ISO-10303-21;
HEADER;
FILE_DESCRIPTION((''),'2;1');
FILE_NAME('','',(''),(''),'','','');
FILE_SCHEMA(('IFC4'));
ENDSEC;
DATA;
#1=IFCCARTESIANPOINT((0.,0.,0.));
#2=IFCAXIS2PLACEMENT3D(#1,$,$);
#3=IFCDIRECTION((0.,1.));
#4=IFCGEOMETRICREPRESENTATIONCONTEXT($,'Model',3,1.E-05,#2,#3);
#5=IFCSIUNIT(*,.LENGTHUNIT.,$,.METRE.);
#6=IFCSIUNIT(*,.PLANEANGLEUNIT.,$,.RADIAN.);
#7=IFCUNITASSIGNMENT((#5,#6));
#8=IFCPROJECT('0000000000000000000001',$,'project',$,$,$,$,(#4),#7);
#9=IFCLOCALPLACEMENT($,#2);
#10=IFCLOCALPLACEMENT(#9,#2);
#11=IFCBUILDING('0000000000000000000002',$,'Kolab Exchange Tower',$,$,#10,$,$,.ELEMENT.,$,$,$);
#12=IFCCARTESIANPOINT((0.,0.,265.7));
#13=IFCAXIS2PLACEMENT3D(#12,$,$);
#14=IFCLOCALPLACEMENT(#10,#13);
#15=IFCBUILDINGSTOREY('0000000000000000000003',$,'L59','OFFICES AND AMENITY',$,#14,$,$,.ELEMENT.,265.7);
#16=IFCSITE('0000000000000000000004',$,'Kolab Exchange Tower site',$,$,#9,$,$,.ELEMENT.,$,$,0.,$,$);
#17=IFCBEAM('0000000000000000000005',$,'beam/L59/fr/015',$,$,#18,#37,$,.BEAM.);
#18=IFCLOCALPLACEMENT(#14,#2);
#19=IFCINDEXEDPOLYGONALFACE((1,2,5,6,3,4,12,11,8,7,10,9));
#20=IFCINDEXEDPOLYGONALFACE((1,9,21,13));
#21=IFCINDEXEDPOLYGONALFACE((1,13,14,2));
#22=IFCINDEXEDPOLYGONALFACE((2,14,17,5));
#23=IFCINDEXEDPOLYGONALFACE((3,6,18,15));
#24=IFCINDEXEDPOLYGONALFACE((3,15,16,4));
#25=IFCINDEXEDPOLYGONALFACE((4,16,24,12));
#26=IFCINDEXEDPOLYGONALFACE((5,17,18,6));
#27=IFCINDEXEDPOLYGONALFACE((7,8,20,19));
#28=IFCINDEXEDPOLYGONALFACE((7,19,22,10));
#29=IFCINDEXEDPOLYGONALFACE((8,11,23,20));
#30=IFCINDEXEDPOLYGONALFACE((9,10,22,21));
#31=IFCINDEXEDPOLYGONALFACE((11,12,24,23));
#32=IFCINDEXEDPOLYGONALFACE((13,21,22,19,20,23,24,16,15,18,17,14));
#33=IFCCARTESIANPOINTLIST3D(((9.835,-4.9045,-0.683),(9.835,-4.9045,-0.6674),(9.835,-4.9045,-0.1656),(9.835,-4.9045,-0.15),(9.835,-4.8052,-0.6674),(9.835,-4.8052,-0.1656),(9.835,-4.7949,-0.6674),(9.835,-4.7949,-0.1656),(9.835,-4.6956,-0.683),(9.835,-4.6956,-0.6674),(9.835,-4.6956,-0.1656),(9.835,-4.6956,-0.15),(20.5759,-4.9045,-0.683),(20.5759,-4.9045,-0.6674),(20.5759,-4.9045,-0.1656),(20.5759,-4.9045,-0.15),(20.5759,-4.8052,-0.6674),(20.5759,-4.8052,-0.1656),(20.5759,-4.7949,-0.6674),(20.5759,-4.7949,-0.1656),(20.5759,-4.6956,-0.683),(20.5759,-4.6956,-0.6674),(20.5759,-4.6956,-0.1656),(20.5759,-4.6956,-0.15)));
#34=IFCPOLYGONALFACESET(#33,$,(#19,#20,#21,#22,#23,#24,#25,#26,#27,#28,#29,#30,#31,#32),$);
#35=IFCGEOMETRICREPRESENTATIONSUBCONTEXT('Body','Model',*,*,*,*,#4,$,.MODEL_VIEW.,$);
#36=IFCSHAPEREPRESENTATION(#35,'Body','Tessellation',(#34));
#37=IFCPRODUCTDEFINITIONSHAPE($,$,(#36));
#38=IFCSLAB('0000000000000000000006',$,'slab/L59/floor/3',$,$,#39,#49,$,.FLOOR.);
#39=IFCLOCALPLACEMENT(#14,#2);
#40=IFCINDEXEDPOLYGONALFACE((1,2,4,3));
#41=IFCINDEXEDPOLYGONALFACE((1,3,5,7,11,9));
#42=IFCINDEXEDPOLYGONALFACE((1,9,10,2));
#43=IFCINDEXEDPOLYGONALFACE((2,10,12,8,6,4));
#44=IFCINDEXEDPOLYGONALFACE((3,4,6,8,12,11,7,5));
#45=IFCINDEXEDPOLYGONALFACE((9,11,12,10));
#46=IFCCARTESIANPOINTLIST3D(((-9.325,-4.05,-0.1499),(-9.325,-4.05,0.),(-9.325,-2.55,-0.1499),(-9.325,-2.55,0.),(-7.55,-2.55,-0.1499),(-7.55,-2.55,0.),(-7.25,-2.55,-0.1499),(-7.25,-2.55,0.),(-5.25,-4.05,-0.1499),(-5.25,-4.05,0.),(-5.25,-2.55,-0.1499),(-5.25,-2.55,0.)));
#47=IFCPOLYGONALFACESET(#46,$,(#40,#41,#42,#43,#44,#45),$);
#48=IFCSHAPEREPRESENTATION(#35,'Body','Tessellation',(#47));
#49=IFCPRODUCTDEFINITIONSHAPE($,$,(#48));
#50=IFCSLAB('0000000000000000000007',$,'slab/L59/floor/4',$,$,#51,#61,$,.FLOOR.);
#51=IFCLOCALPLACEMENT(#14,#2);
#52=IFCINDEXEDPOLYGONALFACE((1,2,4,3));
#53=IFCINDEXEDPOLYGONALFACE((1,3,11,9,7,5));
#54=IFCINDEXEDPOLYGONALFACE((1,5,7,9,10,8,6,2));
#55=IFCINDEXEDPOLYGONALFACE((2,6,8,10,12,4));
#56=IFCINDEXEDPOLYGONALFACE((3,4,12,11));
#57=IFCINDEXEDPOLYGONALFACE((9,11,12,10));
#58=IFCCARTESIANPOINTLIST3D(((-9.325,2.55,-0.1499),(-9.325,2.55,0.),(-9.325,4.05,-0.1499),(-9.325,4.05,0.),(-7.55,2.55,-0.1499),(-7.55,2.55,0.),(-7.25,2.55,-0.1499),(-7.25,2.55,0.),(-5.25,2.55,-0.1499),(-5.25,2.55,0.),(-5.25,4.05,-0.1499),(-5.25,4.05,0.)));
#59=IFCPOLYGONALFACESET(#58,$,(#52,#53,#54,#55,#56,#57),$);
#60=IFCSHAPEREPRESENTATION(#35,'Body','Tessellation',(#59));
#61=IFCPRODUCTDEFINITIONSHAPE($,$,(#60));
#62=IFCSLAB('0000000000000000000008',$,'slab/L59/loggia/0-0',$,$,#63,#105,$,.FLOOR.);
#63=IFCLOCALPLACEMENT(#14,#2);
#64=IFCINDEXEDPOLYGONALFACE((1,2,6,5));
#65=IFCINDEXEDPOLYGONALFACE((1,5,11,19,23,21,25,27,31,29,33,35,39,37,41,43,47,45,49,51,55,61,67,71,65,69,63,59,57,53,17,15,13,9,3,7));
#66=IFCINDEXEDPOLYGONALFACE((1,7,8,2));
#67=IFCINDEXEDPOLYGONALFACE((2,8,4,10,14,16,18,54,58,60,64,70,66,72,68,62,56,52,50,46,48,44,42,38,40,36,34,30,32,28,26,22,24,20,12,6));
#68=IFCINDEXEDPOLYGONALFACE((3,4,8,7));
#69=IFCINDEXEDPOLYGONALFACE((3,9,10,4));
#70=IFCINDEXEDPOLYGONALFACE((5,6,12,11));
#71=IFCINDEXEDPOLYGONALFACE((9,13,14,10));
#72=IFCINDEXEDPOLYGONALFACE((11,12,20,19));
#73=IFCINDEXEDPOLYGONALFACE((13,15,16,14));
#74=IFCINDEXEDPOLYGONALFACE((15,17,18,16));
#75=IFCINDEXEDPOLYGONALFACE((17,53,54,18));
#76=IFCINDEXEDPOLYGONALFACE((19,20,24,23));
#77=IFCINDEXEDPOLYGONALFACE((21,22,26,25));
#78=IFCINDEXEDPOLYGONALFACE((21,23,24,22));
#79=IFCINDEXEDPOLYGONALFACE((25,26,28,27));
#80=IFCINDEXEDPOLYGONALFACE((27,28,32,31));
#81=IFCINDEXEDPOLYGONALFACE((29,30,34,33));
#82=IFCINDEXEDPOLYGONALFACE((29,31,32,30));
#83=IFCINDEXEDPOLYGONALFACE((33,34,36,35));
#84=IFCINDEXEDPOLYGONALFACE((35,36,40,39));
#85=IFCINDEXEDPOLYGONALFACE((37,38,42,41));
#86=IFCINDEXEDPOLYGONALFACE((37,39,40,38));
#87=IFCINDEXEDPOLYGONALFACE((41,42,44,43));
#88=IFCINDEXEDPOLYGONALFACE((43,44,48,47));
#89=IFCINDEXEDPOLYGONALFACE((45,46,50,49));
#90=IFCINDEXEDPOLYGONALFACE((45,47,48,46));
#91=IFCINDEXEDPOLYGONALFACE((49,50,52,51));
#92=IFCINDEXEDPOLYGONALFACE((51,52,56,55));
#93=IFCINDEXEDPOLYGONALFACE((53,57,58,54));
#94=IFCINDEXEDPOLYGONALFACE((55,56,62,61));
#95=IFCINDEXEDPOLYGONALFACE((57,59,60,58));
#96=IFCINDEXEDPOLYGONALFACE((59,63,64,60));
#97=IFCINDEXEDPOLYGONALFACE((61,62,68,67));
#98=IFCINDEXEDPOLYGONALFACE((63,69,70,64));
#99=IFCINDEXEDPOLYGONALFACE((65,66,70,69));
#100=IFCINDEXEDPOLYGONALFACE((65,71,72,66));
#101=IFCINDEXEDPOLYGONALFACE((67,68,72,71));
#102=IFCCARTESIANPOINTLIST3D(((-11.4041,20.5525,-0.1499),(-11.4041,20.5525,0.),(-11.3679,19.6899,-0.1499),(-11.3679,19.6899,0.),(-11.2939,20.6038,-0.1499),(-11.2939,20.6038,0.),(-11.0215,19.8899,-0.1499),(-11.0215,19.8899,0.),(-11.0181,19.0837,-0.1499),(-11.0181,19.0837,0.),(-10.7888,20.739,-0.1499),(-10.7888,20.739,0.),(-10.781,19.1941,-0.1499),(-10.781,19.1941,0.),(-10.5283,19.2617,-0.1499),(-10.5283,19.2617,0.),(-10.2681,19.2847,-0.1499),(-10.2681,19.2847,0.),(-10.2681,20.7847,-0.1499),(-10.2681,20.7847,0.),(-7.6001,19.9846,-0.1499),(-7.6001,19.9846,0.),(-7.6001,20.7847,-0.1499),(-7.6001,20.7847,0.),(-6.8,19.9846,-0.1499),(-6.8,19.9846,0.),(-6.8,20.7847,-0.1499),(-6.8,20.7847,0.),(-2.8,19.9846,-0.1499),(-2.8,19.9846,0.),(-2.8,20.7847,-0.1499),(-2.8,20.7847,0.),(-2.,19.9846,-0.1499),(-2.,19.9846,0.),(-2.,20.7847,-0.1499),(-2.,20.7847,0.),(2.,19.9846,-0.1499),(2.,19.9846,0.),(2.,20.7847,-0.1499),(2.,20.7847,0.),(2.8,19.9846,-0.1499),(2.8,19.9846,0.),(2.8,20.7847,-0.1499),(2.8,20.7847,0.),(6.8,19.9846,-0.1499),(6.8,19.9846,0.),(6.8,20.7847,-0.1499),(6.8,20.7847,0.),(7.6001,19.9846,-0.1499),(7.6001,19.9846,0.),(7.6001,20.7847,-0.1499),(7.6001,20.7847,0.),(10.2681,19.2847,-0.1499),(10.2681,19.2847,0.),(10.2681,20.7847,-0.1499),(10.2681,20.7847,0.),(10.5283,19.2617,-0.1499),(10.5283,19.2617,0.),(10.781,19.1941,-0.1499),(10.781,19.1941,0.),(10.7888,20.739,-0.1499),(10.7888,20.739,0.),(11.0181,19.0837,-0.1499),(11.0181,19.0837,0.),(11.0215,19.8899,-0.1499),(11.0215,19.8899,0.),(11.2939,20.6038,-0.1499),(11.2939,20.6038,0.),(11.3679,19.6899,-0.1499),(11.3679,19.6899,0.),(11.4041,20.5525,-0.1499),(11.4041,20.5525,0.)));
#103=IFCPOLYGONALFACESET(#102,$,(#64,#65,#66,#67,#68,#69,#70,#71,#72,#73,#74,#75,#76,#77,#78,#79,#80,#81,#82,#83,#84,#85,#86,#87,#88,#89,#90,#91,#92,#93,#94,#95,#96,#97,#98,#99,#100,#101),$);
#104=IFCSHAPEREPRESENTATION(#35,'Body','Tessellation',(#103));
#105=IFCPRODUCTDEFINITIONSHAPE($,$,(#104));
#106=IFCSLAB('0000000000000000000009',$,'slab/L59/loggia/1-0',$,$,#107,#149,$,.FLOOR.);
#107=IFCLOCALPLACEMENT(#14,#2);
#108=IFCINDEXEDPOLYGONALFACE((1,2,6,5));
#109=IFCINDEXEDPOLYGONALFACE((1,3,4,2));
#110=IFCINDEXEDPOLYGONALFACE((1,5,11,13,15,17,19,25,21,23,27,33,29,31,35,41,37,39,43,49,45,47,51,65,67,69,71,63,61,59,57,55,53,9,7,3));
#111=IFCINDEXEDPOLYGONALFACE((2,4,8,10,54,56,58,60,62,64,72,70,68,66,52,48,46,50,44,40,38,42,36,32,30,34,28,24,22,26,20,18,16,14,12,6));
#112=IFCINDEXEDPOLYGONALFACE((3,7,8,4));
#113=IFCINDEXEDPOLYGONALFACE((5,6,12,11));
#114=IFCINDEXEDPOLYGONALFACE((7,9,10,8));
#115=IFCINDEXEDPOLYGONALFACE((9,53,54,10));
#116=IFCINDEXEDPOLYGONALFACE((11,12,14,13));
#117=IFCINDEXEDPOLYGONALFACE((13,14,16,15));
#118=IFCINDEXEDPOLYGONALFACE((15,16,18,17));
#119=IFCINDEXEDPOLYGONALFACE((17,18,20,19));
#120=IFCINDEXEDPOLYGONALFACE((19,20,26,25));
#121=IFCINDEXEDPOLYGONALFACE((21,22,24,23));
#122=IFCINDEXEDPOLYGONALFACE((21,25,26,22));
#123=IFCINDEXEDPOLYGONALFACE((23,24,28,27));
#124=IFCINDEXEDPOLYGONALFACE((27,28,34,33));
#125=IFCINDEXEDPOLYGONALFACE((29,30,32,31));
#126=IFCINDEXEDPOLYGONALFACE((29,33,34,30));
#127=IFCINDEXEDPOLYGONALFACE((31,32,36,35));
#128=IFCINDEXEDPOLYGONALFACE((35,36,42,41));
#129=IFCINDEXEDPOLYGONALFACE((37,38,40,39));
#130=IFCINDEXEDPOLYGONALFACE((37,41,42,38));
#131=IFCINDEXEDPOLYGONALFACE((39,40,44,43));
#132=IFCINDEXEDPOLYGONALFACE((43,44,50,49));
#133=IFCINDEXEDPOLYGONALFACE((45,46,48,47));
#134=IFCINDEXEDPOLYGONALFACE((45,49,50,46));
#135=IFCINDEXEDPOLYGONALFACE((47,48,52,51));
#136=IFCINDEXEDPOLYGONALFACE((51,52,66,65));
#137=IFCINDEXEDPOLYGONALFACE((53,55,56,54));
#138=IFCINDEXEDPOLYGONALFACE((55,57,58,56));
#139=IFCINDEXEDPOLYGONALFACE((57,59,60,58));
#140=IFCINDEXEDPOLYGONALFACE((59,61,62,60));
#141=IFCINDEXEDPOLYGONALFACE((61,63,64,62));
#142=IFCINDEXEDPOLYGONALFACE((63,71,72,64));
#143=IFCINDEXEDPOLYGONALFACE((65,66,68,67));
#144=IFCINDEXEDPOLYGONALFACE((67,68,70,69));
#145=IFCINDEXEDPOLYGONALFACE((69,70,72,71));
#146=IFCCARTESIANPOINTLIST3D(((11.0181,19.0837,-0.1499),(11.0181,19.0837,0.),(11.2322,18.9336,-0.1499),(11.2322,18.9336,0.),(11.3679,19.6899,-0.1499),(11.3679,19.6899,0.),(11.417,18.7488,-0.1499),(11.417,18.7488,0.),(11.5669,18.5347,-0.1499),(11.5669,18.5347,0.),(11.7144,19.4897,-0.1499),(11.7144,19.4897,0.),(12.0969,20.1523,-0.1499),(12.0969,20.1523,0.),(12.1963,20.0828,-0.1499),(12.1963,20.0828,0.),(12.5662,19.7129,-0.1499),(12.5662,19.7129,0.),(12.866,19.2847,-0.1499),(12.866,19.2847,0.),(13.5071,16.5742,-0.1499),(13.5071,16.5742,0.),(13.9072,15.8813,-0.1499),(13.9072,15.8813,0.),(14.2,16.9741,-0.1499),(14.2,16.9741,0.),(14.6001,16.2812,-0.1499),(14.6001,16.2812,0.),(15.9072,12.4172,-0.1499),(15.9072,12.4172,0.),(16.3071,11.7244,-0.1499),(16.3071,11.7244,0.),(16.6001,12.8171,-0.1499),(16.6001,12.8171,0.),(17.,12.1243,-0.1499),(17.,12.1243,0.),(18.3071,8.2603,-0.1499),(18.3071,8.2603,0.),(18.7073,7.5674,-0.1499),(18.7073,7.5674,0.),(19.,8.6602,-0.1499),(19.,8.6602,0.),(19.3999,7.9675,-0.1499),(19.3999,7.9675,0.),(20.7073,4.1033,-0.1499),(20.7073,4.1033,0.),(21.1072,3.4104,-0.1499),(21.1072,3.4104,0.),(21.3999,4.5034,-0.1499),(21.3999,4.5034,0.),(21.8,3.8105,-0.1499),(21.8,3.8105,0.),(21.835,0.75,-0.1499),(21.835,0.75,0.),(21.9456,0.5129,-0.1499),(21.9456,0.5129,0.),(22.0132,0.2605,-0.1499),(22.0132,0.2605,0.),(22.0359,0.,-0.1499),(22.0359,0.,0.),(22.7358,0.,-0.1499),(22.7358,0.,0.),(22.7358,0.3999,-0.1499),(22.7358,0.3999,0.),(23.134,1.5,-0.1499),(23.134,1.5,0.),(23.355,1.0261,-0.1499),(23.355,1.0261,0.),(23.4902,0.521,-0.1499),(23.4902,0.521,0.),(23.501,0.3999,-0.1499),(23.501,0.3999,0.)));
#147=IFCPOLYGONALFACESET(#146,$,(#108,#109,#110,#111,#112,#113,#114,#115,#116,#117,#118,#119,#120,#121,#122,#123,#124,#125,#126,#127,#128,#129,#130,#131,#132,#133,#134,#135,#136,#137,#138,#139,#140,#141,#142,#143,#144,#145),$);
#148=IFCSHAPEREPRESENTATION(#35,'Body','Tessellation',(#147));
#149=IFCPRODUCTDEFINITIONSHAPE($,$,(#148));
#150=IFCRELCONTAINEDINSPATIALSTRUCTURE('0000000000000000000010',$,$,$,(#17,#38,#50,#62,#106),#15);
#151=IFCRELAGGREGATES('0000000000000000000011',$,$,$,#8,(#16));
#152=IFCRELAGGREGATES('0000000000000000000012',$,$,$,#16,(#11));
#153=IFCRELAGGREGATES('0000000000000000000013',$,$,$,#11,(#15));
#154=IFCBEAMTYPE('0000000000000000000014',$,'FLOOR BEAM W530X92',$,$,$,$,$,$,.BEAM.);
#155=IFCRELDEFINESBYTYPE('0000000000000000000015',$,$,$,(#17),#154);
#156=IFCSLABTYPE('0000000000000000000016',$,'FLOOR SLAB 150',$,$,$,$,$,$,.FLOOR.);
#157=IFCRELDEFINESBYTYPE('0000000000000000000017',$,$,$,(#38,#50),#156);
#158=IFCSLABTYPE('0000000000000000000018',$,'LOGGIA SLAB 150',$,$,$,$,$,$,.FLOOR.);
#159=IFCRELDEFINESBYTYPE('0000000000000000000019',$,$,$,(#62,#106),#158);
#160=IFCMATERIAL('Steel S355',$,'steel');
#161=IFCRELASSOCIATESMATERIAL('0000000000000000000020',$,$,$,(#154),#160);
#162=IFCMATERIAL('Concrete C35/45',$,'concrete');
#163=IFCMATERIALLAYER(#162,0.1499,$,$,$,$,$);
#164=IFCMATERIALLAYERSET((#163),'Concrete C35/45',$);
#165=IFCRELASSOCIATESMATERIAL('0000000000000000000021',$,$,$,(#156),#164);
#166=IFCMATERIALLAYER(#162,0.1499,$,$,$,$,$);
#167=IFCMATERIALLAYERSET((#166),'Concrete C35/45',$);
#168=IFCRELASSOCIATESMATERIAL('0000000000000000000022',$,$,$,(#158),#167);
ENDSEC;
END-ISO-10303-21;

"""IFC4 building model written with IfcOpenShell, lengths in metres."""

from ifc_helpers import new_model, si_unit, direction, frame, origin, origin_2d, place, context, subcontext, project, spatial, polyline, i_section, outline, extrude, material, layer, layer_set, material_profile, profile_set, type_object, element, save


model = new_model("IFC4")

# Units and contexts
model_context = context("Model", 3, precision=1e-05, world=origin(), true_north=direction((0.0, 1.0)))
body_context = subcontext(model_context, "Body", "Model", "MODEL_VIEW")
ifc_project = project(units=[si_unit("LENGTHUNIT", "METRE"), si_unit("PLANEANGLEUNIT", "RADIAN")], contexts=[model_context])

# Site, building, storey
site_placement = place(None, origin())
site = spatial("IfcSite", under=ifc_project, at=site_placement, Name="Kolab Exchange Tower site", CompositionType="ELEMENT", RefElevation=0.0)
building_placement = place(site_placement, origin())
building = spatial("IfcBuilding", under=site, at=building_placement, Name="Kolab Exchange Tower", CompositionType="ELEMENT")
storey_placement = place(building_placement, frame((0.0, 0.0, 265.7)))
storey = spatial("IfcBuildingStorey", under=building, at=storey_placement, Name="L59", Description="OFFICES AND AMENITY", CompositionType="ELEMENT", Elevation=265.7)

# Beam
ifc_material_1 = material(Name="Steel S355", Category="steel")
ifc_material_profile = material_profile(ifc_material_1, i_section(OverallWidth=0.209, OverallDepth=0.533, WebThickness=0.0103, FlangeThickness=0.0156, at=origin_2d()), Name="W530X92")
ifc_profile_set = profile_set([ifc_material_profile], Name="Steel S355")
beam_type = type_object("IfcBeamType", Name="FLOOR BEAM W530X92", PredefinedType="BEAM", material=ifc_profile_set)
beam_placement = place(storey_placement, frame((9.835, -4.8, -0.4165), z_axis=(1.0, 0.0, 0.0), x_axis=(0.0, 1.0, 0.0)))
element("IfcBeam", 1, at=beam_placement, inside=storey, type_object=beam_type, Name="beam/L59/fr/015", PredefinedType="BEAM", context=body_context, shape_type="SweptSolid", body=[
    extrude(i_section(OverallWidth=0.209, OverallDepth=0.533, WebThickness=0.0103, FlangeThickness=0.0156, at=origin_2d()), origin(), (0.0, 0.0, 1.0), 10.741),
])

# Slabs
ifc_material_2 = material(Name="Concrete C35/45", Category="concrete")
ifc_layer_1 = layer(ifc_material_2, 0.1499)
ifc_layer_set_1 = layer_set([ifc_layer_1], Name="Concrete C35/45")
slab_type_1 = type_object("IfcSlabType", Name="FLOOR SLAB 150", PredefinedType="FLOOR", material=ifc_layer_set_1)
slab_1_placement = place(storey_placement, frame((0.0, 0.0, -0.1499)))
element("IfcSlab", 2, at=slab_1_placement, inside=storey, type_object=slab_type_1, Name="slab/L59/floor/3", PredefinedType="FLOOR", context=body_context, shape_type="SweptSolid", body=[
    extrude(outline(polyline([(-7.55, -2.55), (-9.325, -2.55), (-9.325, -4.05), (-5.25, -4.05), (-5.25, -2.55), (-7.25, -2.55), (-7.55, -2.55)])), origin(), (0.0, 0.0, 1.0), 0.1499),
])
slab_2_placement = place(storey_placement, frame((0.0, 0.0, -0.1499)))
element("IfcSlab", 3, at=slab_2_placement, inside=storey, type_object=slab_type_1, Name="slab/L59/floor/4", PredefinedType="FLOOR", context=body_context, shape_type="SweptSolid", body=[
    extrude(outline(polyline([(-9.325, 4.05), (-9.325, 2.55), (-7.55, 2.55), (-7.25, 2.55), (-5.25, 2.55), (-5.25, 4.05), (-9.325, 4.05)])), origin(), (0.0, 0.0, 1.0), 0.1499),
])
ifc_layer_2 = layer(ifc_material_2, 0.1499)
ifc_layer_set_2 = layer_set([ifc_layer_2], Name="Concrete C35/45")
slab_type_2 = type_object("IfcSlabType", Name="LOGGIA SLAB 150", PredefinedType="FLOOR", material=ifc_layer_set_2)
slab_3_placement = place(storey_placement, frame((0.0, 0.0, -0.1499)))
element("IfcSlab", 4, at=slab_3_placement, inside=storey, type_object=slab_type_2, Name="slab/L59/loggia/0-0", PredefinedType="FLOOR", context=body_context, shape_type="SweptSolid", body=[
    extrude(outline(polyline([(11.0181, 19.0837), (11.3679, 19.6899), (11.0215, 19.8899), (11.4041, 20.5525), (11.2939, 20.6038), (10.7888, 20.739), (10.2681, 20.7847), (7.6001, 20.7847), (7.6001, 19.9846), (6.8, 19.9846), (6.8, 20.7847), (2.8, 20.7847), (2.8, 19.9846), (2.0, 19.9846), (2.0, 20.7847), (-2.0, 20.7847), (-2.0, 19.9846), (-2.8, 19.9846), (-2.8, 20.7847), (-6.8, 20.7847), (-6.8, 19.9846), (-7.6001, 19.9846), (-7.6001, 20.7847), (-10.2681, 20.7847), (-10.7888, 20.739), (-11.2939, 20.6038), (-11.4041, 20.5525), (-11.0215, 19.8899), (-11.3679, 19.6899), (-11.0181, 19.0837), (-10.781, 19.1941), (-10.5283, 19.2617), (-10.2681, 19.2847), (10.2681, 19.2847), (10.5283, 19.2617), (10.781, 19.1941), (11.0181, 19.0837)])), origin(), (0.0, 0.0, 1.0), 0.1499),
])
slab_4_placement = place(storey_placement, frame((0.0, 0.0, -0.1499)))
element("IfcSlab", 5, at=slab_4_placement, inside=storey, type_object=slab_type_2, Name="slab/L59/loggia/1-0", PredefinedType="FLOOR", context=body_context, shape_type="SweptSolid", body=[
    extrude(outline(polyline([(22.0359, 0.0), (22.7358, 0.0), (22.7358, 0.3999), (23.501, 0.3999), (23.4902, 0.521), (23.355, 1.0261), (23.134, 1.5), (21.8, 3.8105), (21.1072, 3.4104), (20.7073, 4.1033), (21.3999, 4.5034), (19.3999, 7.9675), (18.7073, 7.5674), (18.3071, 8.2603), (19.0, 8.6602), (17.0, 12.1243), (16.3071, 11.7244), (15.9072, 12.4172), (16.6001, 12.8171), (14.6001, 16.2812), (13.9072, 15.8813), (13.5071, 16.5742), (14.2, 16.9741), (12.866, 19.2847), (12.5662, 19.7129), (12.1963, 20.0828), (12.0969, 20.1523), (11.7144, 19.4897), (11.3679, 19.6899), (11.0181, 19.0837), (11.2322, 18.9336), (11.417, 18.7488), (11.5669, 18.5347), (21.835, 0.75), (21.9456, 0.5129), (22.0132, 0.2605), (22.0359, 0.0)])), origin(), (0.0, 0.0, 1.0), 0.1499),
])

save(model, "model.ifc")
